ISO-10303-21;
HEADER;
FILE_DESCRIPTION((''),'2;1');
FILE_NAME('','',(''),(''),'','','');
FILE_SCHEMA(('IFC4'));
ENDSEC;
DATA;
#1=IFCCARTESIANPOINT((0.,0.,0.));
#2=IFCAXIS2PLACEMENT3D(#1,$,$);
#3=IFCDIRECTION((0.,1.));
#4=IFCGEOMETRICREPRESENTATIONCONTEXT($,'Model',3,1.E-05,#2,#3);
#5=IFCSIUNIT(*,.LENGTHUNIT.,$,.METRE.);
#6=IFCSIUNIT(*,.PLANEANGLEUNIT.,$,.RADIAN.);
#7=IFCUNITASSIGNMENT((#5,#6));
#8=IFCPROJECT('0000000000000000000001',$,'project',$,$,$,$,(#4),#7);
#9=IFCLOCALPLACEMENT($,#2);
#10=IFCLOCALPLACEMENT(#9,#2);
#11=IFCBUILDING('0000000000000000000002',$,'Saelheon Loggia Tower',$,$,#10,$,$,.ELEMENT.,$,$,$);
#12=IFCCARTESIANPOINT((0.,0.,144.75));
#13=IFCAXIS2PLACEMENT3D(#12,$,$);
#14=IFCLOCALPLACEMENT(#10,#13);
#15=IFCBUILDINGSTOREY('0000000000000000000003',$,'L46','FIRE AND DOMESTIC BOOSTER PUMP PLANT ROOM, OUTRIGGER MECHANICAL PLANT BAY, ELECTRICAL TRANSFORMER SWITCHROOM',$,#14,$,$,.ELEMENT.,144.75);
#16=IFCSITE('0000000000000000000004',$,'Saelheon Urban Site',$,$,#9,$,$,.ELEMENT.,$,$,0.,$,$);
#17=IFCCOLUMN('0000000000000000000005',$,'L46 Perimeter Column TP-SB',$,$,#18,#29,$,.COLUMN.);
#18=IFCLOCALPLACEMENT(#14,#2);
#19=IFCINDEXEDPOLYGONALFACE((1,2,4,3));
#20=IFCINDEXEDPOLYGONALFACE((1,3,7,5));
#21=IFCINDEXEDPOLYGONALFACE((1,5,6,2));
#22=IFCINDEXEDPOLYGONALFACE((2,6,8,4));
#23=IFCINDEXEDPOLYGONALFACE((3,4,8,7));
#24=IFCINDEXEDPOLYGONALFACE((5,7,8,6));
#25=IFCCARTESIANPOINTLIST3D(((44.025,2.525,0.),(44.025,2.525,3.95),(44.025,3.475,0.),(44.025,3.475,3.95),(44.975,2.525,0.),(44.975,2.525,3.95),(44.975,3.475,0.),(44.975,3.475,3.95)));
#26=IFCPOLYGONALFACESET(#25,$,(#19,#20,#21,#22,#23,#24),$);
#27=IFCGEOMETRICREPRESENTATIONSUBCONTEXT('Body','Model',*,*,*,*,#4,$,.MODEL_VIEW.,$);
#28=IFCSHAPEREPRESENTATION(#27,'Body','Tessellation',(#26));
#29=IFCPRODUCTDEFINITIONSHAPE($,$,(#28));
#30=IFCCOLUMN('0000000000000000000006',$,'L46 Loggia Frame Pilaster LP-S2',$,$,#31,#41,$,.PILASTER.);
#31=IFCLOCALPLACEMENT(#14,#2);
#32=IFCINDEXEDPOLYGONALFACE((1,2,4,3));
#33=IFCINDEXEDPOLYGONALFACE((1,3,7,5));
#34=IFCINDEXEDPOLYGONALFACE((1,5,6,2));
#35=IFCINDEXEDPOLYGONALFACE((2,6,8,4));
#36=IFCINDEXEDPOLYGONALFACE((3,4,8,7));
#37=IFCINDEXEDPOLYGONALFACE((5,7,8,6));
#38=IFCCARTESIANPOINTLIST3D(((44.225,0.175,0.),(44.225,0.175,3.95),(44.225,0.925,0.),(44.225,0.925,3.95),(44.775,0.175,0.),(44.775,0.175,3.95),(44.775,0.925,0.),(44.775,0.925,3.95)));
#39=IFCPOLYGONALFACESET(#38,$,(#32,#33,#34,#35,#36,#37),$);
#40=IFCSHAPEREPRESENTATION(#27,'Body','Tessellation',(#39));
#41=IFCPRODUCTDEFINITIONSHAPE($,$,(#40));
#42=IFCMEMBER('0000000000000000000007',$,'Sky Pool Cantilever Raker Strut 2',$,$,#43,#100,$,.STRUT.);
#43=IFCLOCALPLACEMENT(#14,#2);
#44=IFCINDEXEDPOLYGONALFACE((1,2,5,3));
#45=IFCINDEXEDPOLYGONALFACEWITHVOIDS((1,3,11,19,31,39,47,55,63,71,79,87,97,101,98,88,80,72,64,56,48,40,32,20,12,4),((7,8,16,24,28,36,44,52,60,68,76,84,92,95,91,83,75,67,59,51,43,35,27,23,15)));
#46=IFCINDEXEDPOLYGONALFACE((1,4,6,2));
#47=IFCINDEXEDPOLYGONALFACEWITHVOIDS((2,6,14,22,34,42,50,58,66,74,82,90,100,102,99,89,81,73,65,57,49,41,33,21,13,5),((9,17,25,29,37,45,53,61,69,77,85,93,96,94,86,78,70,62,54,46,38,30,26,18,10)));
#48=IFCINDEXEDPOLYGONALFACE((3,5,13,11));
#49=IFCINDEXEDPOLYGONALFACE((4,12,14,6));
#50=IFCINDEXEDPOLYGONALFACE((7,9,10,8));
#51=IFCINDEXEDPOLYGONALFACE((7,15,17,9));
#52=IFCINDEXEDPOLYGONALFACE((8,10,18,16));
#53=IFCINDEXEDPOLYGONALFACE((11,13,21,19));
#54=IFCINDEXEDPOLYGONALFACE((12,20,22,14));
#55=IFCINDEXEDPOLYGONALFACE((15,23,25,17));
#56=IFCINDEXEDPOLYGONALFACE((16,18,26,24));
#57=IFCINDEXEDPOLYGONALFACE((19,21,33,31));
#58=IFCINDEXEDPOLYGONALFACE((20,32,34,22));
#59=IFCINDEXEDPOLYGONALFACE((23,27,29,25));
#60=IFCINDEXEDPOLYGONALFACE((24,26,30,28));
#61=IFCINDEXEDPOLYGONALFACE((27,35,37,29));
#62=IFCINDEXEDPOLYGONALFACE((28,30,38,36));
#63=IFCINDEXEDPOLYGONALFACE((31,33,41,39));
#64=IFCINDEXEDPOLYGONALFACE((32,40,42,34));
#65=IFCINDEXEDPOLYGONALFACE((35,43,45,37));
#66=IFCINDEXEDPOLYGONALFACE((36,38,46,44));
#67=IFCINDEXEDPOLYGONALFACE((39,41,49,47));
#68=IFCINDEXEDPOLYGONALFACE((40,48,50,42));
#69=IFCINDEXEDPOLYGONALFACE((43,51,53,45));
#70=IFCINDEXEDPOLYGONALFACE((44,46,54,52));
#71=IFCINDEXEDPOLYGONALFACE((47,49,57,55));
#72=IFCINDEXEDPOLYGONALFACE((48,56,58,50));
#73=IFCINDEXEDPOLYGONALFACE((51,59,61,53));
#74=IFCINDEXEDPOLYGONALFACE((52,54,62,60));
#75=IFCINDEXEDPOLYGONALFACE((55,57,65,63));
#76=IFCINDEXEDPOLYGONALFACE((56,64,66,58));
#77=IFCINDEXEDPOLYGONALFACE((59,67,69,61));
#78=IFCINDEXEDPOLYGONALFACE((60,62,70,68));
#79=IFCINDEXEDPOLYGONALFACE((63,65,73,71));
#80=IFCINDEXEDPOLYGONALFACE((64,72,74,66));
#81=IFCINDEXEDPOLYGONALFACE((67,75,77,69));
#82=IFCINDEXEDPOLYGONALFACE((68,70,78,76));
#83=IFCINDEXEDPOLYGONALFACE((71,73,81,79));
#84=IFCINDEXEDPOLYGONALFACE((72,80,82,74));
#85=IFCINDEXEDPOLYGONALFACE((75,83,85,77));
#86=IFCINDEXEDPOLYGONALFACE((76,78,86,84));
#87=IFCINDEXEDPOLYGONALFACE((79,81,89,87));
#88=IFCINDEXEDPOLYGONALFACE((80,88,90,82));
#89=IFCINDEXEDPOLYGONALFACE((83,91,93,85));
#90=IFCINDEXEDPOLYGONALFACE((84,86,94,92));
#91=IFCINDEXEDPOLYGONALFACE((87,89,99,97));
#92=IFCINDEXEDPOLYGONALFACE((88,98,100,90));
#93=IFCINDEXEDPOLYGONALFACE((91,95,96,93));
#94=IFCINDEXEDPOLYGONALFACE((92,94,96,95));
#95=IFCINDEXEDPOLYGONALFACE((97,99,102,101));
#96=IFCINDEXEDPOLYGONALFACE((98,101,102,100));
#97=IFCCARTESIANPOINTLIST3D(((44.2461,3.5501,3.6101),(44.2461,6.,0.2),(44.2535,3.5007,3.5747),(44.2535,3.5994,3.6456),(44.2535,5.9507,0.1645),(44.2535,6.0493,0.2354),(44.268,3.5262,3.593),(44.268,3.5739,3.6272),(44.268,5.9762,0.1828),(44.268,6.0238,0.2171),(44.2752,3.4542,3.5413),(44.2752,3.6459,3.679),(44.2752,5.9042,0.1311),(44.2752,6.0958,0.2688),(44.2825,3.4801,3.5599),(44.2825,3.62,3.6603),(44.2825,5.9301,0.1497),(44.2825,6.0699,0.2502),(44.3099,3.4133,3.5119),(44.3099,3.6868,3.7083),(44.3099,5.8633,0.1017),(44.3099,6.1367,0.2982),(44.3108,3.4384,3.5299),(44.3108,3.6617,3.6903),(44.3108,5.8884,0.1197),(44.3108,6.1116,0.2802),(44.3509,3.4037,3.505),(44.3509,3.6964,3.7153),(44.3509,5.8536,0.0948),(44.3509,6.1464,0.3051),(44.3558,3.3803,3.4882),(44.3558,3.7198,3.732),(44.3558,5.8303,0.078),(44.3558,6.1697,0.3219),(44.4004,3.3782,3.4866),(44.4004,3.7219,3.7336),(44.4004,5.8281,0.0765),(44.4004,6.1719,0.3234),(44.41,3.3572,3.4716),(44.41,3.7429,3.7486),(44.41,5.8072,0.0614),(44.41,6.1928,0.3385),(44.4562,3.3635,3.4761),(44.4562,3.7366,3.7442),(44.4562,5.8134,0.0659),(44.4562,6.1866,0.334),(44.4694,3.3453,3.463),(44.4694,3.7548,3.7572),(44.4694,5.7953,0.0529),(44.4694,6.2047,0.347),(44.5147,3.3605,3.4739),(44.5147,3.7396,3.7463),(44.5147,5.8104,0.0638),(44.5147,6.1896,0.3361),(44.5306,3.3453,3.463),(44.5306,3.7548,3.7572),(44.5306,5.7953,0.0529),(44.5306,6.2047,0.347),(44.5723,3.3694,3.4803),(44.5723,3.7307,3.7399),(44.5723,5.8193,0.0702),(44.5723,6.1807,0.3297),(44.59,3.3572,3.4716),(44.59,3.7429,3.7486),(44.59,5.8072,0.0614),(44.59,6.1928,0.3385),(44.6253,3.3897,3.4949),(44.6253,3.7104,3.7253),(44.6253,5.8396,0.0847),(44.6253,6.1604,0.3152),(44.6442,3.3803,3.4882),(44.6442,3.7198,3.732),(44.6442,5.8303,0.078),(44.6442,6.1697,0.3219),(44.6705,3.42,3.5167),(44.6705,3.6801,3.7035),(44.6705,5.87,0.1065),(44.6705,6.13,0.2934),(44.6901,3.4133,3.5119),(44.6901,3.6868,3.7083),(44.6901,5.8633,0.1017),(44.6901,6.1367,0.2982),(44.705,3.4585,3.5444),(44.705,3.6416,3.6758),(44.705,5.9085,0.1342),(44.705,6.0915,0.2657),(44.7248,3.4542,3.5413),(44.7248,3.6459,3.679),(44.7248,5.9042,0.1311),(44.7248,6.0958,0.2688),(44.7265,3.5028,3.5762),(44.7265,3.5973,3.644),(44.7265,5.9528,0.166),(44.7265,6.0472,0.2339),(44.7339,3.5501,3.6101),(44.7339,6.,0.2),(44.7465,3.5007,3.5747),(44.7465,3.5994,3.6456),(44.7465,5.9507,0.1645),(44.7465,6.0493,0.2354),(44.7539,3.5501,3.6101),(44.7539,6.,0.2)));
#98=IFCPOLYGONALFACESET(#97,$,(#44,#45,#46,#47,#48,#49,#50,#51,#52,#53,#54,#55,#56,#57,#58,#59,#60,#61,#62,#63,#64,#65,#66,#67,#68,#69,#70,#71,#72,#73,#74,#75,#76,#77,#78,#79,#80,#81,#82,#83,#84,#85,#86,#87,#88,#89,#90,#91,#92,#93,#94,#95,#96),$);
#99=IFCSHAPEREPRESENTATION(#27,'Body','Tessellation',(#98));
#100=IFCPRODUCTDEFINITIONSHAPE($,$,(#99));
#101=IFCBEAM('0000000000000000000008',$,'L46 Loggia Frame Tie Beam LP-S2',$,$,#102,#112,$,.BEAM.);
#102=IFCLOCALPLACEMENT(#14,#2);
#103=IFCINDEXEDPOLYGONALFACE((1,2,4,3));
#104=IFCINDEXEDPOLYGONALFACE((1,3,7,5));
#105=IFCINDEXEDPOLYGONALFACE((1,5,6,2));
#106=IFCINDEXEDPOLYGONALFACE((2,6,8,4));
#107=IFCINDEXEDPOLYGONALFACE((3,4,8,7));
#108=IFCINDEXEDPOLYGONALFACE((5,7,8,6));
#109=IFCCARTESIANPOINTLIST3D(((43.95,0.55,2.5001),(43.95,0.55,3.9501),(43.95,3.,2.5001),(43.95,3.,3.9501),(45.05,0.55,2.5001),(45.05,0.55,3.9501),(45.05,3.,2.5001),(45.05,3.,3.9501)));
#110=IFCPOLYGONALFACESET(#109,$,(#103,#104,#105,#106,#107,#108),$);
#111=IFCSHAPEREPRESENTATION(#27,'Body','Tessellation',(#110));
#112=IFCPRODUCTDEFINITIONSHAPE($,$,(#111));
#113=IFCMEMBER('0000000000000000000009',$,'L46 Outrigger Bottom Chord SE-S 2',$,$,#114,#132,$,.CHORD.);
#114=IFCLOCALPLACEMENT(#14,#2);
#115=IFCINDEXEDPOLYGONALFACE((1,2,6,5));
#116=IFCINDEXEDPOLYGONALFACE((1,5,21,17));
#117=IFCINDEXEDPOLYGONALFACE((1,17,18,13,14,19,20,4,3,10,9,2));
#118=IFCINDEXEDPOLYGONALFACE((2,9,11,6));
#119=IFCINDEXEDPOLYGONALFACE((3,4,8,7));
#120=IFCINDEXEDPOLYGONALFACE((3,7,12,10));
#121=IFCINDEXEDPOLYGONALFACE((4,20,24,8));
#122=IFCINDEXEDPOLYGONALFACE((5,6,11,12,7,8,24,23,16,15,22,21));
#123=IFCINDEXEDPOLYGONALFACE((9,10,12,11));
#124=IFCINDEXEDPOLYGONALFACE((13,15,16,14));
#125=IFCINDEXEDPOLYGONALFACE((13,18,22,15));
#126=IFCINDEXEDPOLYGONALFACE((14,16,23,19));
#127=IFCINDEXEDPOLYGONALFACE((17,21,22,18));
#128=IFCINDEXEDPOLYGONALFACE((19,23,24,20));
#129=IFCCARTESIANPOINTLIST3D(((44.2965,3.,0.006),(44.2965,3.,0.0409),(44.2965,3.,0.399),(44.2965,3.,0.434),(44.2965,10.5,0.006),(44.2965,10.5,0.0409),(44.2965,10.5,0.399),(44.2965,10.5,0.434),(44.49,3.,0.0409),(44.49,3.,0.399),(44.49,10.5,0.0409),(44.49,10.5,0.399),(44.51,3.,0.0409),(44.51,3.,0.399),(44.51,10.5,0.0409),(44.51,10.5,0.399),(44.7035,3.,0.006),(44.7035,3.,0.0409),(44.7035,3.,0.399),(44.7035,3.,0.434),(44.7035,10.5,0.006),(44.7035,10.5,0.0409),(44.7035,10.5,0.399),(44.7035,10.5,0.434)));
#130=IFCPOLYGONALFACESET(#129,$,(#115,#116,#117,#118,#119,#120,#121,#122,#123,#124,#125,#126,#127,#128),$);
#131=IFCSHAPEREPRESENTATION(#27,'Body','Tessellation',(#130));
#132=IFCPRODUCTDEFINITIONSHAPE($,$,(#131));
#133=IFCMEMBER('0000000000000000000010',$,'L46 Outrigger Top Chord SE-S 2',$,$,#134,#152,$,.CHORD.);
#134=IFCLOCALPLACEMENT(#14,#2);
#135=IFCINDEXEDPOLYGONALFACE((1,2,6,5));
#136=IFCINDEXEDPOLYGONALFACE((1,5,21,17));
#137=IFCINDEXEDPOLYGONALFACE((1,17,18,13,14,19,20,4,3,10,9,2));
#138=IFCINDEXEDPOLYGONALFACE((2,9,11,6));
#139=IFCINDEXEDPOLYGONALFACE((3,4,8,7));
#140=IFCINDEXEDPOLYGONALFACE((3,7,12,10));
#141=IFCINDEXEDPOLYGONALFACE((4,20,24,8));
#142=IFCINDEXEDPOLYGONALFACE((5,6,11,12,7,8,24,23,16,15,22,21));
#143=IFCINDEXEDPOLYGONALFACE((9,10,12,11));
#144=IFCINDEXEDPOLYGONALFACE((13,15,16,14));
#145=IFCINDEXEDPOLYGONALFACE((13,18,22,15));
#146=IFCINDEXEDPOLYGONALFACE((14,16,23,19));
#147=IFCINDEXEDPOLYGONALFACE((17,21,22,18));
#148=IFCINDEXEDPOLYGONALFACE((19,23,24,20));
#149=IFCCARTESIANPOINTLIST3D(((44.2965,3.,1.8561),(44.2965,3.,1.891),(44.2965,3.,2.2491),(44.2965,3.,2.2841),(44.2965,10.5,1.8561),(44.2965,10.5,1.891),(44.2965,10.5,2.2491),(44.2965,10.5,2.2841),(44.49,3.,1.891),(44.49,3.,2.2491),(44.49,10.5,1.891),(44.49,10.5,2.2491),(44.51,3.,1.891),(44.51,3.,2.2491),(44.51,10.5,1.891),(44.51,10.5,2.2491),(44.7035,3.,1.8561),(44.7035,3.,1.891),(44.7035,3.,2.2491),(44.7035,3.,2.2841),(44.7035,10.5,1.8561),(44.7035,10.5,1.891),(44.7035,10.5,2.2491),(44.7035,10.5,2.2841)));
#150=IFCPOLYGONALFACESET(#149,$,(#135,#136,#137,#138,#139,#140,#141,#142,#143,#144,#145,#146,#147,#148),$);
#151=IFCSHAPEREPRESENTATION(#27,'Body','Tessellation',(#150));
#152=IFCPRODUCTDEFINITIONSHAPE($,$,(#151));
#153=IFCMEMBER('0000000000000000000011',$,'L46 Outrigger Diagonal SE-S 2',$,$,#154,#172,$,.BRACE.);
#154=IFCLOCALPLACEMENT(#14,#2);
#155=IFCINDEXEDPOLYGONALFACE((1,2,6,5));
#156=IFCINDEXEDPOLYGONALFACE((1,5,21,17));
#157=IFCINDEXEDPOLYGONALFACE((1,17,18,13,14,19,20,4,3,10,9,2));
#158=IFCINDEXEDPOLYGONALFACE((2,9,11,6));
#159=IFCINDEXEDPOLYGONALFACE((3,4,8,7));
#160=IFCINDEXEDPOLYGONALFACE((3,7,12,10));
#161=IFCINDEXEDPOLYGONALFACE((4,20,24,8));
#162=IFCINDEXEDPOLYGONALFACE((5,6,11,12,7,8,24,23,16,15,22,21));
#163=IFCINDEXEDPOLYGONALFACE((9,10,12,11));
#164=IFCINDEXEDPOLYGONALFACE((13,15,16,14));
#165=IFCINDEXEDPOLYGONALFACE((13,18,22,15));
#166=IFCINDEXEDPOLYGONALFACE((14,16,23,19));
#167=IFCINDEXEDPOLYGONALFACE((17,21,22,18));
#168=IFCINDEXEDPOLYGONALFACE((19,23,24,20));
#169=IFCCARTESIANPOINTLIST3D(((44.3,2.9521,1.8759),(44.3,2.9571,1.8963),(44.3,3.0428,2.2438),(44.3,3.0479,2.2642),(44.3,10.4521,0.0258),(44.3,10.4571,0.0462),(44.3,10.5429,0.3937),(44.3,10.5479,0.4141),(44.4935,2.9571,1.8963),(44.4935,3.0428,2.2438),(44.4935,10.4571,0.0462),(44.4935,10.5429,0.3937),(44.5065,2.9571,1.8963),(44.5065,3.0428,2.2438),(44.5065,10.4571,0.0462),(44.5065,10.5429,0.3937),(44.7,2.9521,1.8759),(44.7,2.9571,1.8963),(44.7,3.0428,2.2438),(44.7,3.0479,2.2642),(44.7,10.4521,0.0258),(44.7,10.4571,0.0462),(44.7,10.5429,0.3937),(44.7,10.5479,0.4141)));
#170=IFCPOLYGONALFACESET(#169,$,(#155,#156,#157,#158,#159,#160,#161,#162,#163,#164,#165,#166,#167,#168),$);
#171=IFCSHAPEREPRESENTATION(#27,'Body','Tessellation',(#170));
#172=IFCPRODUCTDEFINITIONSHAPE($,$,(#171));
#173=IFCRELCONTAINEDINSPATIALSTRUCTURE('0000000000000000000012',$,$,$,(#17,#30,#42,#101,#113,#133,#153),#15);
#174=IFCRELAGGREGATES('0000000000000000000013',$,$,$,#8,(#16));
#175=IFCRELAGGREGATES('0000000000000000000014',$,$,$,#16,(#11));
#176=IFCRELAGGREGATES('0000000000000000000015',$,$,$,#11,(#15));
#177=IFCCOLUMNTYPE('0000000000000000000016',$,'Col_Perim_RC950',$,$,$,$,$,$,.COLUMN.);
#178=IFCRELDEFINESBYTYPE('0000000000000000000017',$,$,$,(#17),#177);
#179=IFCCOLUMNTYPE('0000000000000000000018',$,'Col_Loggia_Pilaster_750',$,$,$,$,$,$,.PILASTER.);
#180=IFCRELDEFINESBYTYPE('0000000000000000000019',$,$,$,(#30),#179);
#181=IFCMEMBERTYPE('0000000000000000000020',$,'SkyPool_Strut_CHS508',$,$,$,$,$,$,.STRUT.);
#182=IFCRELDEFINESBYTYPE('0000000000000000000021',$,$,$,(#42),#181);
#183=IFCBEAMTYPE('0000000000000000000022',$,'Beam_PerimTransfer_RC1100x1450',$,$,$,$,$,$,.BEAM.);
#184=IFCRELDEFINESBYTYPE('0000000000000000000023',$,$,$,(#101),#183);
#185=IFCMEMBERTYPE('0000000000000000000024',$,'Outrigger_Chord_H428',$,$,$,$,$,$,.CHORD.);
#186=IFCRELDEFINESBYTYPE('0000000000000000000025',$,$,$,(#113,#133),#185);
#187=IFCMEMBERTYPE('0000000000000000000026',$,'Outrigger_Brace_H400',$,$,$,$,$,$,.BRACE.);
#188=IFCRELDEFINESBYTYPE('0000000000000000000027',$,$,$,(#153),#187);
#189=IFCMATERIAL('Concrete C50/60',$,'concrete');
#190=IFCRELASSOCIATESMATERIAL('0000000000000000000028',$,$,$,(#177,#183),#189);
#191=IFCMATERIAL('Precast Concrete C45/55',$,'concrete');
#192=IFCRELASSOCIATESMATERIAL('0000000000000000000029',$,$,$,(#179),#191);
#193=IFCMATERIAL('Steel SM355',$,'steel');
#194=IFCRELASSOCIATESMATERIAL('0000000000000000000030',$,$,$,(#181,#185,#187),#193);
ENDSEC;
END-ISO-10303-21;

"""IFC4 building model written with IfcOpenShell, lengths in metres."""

from ifc_helpers import new_model, si_unit, direction, frame, origin, origin_2d, place, context, subcontext, project, spatial, rectangle, hollow_circle, i_section, extrude, source, transform, mapped, material, material_profile, profile_set, type_object, element, save


model = new_model("IFC4")

# Units and contexts
model_context = context("Model", 3, precision=1e-05, world=origin(), true_north=direction((0.0, 1.0)))
body_context = subcontext(model_context, "Body", "Model", "MODEL_VIEW")
ifc_project = project(units=[si_unit("LENGTHUNIT", "METRE"), si_unit("PLANEANGLEUNIT", "RADIAN")], contexts=[model_context])

# Site, building, storey
site_placement = place(None, origin())
site = spatial("IfcSite", under=ifc_project, at=site_placement, Name="Saelheon Urban Site", CompositionType="ELEMENT", RefElevation=0.0)
building_placement = place(site_placement, origin())
building = spatial("IfcBuilding", under=site, at=building_placement, Name="Saelheon Loggia Tower", CompositionType="ELEMENT")
storey_placement = place(building_placement, frame((0.0, 0.0, 144.75)))
storey = spatial("IfcBuildingStorey", under=building, at=storey_placement, Name="L46", Description="FIRE AND DOMESTIC BOOSTER PUMP PLANT ROOM, OUTRIGGER MECHANICAL PLANT BAY, ELECTRICAL TRANSFORMER SWITCHROOM", CompositionType="ELEMENT", Elevation=144.75)

# Columns
ifc_material_1 = material(Name="Concrete C50/60", Category="concrete")
ifc_material_profile_1 = material_profile(ifc_material_1, rectangle(XDim=0.95, YDim=0.95, at=origin_2d()), Name="RC-950x950")
ifc_profile_set_1 = profile_set([ifc_material_profile_1], Name="Concrete C50/60")
column_type_1 = type_object("IfcColumnType", Name="Col_Perim_RC950", PredefinedType="COLUMN", material=ifc_profile_set_1)
shared_shape_1 = source(origin(), body_context, "Body", "SweptSolid", [
    extrude(rectangle(XDim=0.95, YDim=0.95, at=origin_2d()), origin(), (0.0, 0.0, 1.0), 3.95),
])
column_1_placement = place(storey_placement, frame((44.5, 3.0, 0.0), z_axis=(0.0, 0.0, 1.0), x_axis=(1.0, 0.0, 0.0)))
element("IfcColumn", 1, at=column_1_placement, inside=storey, type_object=column_type_1, Name="L46 Perimeter Column TP-SB", PredefinedType="COLUMN", context=body_context, shape_type="MappedRepresentation", body=[
    mapped(shared_shape_1, transform((0.0, 0.0, 0.0), scale=1.0)),
])
ifc_material_2 = material(Name="Precast Concrete C45/55", Category="concrete")
ifc_material_profile_2 = material_profile(ifc_material_2, rectangle(XDim=0.55, YDim=0.75, at=origin_2d()), Name="RC-550x750")
ifc_profile_set_2 = profile_set([ifc_material_profile_2], Name="Precast Concrete C45/55")
column_type_2 = type_object("IfcColumnType", Name="Col_Loggia_Pilaster_750", PredefinedType="PILASTER", material=ifc_profile_set_2)
shared_shape_2 = source(origin(), body_context, "Body", "SweptSolid", [
    extrude(rectangle(XDim=0.55, YDim=0.75, at=origin_2d()), origin(), (0.0, 0.0, 1.0), 3.95),
])
column_2_placement = place(storey_placement, frame((44.5, 0.55, 0.0), z_axis=(0.0, 0.0, 1.0), x_axis=(1.0, 0.0, 0.0)))
element("IfcColumn", 2, at=column_2_placement, inside=storey, type_object=column_type_2, Name="L46 Loggia Frame Pilaster LP-S2", PredefinedType="PILASTER", context=body_context, shape_type="MappedRepresentation", body=[
    mapped(shared_shape_2, transform((0.0, 0.0, 0.0), scale=1.0)),
])

# Member
ifc_material_3 = material(Name="Steel SM355", Category="steel")
ifc_material_profile_3 = material_profile(ifc_material_3, hollow_circle(Radius=0.2539, WallThickness=0.02, at=origin_2d()), Name="CHS-508x20")
ifc_profile_set_3 = profile_set([ifc_material_profile_3], Name="Steel SM355")
member_type_1 = type_object("IfcMemberType", Name="SkyPool_Strut_CHS508", PredefinedType="STRUT", material=ifc_profile_set_3)
shared_shape_3 = source(origin(), body_context, "Body", "SweptSolid", [
    extrude(hollow_circle(Radius=0.2539, WallThickness=0.02, at=origin_2d()), origin(), (0.0, 0.0, 1.0), 4.199),
])
member_1_placement = place(storey_placement, frame((44.5, 6.0, 0.2), z_axis=(0.0, -0.583464, 0.812139), x_axis=(1.0, 0.0, 0.0)))
element("IfcMember", 3, at=member_1_placement, inside=storey, type_object=member_type_1, Name="Sky Pool Cantilever Raker Strut 2", PredefinedType="STRUT", context=body_context, shape_type="MappedRepresentation", body=[
    mapped(shared_shape_3, transform((0.0, 0.0, 0.0), scale=1.0)),
])

# Beam
ifc_material_profile_4 = material_profile(ifc_material_1, rectangle(XDim=1.1001, YDim=1.45, at=origin_2d()), Name="RC-1100x1450")
ifc_profile_set_4 = profile_set([ifc_material_profile_4], Name="Concrete C50/60")
beam_type_1 = type_object("IfcBeamType", Name="Beam_PerimTransfer_RC1100x1450", PredefinedType="BEAM", material=ifc_profile_set_4)
shared_shape_4 = source(origin(), body_context, "Body", "SweptSolid", [
    extrude(rectangle(XDim=1.1001, YDim=1.45, at=origin_2d()), origin(), (0.0, 0.0, 1.0), 2.45),
])
beam_1_placement = place(storey_placement, frame((44.5, 3.0, 3.2251), z_axis=(0.0, -1.0, 0.0), x_axis=(1.0, 0.0, 0.0)))
element("IfcBeam", 4, at=beam_1_placement, inside=storey, type_object=beam_type_1, Name="L46 Loggia Frame Tie Beam LP-S2", PredefinedType="BEAM", context=body_context, shape_type="MappedRepresentation", body=[
    mapped(shared_shape_4, transform((0.0, 0.0, 0.0), scale=1.0)),
])

# Members
ifc_material_profile_5 = material_profile(ifc_material_3, i_section(OverallWidth=0.407, OverallDepth=0.428, WebThickness=0.02, FlangeThickness=0.0349, at=origin_2d()), Name="H-428x407x20x35")
ifc_profile_set_5 = profile_set([ifc_material_profile_5], Name="Steel SM355")
member_type_2 = type_object("IfcMemberType", Name="Outrigger_Chord_H428", PredefinedType="CHORD", material=ifc_profile_set_5)
shared_shape_5 = source(origin(), body_context, "Body", "SweptSolid", [
    extrude(i_section(OverallWidth=0.407, OverallDepth=0.428, WebThickness=0.02, FlangeThickness=0.0349, at=origin_2d()), origin(), (0.0, 0.0, 1.0), 7.5),
])
for number, where, z_axis, x_axis, name in (
    (5, (44.5, 10.5, 0.22), (0.0, -1.0, 0.0), (1.0, 0.0, 0.0), "L46 Outrigger Bottom Chord SE-S 2"),
    (6, (44.5, 10.5, 2.0701), (0.0, -1.0, 0.0), (1.0, 0.0, 0.0), "L46 Outrigger Top Chord SE-S 2"),
):
    element("IfcMember", number, at=place(storey_placement, frame(where, z_axis=z_axis, x_axis=x_axis)), inside=storey, type_object=member_type_2, Name=name, PredefinedType="CHORD", context=body_context, shape_type="MappedRepresentation", body=[
        mapped(shared_shape_5, transform((0.0, 0.0, 0.0), scale=1.0)),
    ])
ifc_material_profile_6 = material_profile(ifc_material_3, i_section(OverallWidth=0.3999, OverallDepth=0.3999, WebThickness=0.0129, FlangeThickness=0.021, at=origin_2d()), Name="H-400x400x13x21")
ifc_profile_set_6 = profile_set([ifc_material_profile_6], Name="Steel SM355")
member_type_3 = type_object("IfcMemberType", Name="Outrigger_Brace_H400", PredefinedType="BRACE", material=ifc_profile_set_6)
shared_shape_6 = source(origin(), body_context, "Body", "SweptSolid", [
    extrude(i_section(OverallWidth=0.3999, OverallDepth=0.3999, WebThickness=0.0129, FlangeThickness=0.021, at=origin_2d()), origin(), (0.0, 0.0, 1.0), 7.7249),
])
member_2_placement = place(storey_placement, frame((44.5, 10.5, 0.22), z_axis=(0.0, -0.970896, 0.2395), x_axis=(1.0, 0.0, 0.0)))
element("IfcMember", 7, at=member_2_placement, inside=storey, type_object=member_type_3, Name="L46 Outrigger Diagonal SE-S 2", PredefinedType="BRACE", context=body_context, shape_type="MappedRepresentation", body=[
    mapped(shared_shape_6, transform((0.0, 0.0, 0.0), scale=1.0)),
])

save(model, "model.ifc")
